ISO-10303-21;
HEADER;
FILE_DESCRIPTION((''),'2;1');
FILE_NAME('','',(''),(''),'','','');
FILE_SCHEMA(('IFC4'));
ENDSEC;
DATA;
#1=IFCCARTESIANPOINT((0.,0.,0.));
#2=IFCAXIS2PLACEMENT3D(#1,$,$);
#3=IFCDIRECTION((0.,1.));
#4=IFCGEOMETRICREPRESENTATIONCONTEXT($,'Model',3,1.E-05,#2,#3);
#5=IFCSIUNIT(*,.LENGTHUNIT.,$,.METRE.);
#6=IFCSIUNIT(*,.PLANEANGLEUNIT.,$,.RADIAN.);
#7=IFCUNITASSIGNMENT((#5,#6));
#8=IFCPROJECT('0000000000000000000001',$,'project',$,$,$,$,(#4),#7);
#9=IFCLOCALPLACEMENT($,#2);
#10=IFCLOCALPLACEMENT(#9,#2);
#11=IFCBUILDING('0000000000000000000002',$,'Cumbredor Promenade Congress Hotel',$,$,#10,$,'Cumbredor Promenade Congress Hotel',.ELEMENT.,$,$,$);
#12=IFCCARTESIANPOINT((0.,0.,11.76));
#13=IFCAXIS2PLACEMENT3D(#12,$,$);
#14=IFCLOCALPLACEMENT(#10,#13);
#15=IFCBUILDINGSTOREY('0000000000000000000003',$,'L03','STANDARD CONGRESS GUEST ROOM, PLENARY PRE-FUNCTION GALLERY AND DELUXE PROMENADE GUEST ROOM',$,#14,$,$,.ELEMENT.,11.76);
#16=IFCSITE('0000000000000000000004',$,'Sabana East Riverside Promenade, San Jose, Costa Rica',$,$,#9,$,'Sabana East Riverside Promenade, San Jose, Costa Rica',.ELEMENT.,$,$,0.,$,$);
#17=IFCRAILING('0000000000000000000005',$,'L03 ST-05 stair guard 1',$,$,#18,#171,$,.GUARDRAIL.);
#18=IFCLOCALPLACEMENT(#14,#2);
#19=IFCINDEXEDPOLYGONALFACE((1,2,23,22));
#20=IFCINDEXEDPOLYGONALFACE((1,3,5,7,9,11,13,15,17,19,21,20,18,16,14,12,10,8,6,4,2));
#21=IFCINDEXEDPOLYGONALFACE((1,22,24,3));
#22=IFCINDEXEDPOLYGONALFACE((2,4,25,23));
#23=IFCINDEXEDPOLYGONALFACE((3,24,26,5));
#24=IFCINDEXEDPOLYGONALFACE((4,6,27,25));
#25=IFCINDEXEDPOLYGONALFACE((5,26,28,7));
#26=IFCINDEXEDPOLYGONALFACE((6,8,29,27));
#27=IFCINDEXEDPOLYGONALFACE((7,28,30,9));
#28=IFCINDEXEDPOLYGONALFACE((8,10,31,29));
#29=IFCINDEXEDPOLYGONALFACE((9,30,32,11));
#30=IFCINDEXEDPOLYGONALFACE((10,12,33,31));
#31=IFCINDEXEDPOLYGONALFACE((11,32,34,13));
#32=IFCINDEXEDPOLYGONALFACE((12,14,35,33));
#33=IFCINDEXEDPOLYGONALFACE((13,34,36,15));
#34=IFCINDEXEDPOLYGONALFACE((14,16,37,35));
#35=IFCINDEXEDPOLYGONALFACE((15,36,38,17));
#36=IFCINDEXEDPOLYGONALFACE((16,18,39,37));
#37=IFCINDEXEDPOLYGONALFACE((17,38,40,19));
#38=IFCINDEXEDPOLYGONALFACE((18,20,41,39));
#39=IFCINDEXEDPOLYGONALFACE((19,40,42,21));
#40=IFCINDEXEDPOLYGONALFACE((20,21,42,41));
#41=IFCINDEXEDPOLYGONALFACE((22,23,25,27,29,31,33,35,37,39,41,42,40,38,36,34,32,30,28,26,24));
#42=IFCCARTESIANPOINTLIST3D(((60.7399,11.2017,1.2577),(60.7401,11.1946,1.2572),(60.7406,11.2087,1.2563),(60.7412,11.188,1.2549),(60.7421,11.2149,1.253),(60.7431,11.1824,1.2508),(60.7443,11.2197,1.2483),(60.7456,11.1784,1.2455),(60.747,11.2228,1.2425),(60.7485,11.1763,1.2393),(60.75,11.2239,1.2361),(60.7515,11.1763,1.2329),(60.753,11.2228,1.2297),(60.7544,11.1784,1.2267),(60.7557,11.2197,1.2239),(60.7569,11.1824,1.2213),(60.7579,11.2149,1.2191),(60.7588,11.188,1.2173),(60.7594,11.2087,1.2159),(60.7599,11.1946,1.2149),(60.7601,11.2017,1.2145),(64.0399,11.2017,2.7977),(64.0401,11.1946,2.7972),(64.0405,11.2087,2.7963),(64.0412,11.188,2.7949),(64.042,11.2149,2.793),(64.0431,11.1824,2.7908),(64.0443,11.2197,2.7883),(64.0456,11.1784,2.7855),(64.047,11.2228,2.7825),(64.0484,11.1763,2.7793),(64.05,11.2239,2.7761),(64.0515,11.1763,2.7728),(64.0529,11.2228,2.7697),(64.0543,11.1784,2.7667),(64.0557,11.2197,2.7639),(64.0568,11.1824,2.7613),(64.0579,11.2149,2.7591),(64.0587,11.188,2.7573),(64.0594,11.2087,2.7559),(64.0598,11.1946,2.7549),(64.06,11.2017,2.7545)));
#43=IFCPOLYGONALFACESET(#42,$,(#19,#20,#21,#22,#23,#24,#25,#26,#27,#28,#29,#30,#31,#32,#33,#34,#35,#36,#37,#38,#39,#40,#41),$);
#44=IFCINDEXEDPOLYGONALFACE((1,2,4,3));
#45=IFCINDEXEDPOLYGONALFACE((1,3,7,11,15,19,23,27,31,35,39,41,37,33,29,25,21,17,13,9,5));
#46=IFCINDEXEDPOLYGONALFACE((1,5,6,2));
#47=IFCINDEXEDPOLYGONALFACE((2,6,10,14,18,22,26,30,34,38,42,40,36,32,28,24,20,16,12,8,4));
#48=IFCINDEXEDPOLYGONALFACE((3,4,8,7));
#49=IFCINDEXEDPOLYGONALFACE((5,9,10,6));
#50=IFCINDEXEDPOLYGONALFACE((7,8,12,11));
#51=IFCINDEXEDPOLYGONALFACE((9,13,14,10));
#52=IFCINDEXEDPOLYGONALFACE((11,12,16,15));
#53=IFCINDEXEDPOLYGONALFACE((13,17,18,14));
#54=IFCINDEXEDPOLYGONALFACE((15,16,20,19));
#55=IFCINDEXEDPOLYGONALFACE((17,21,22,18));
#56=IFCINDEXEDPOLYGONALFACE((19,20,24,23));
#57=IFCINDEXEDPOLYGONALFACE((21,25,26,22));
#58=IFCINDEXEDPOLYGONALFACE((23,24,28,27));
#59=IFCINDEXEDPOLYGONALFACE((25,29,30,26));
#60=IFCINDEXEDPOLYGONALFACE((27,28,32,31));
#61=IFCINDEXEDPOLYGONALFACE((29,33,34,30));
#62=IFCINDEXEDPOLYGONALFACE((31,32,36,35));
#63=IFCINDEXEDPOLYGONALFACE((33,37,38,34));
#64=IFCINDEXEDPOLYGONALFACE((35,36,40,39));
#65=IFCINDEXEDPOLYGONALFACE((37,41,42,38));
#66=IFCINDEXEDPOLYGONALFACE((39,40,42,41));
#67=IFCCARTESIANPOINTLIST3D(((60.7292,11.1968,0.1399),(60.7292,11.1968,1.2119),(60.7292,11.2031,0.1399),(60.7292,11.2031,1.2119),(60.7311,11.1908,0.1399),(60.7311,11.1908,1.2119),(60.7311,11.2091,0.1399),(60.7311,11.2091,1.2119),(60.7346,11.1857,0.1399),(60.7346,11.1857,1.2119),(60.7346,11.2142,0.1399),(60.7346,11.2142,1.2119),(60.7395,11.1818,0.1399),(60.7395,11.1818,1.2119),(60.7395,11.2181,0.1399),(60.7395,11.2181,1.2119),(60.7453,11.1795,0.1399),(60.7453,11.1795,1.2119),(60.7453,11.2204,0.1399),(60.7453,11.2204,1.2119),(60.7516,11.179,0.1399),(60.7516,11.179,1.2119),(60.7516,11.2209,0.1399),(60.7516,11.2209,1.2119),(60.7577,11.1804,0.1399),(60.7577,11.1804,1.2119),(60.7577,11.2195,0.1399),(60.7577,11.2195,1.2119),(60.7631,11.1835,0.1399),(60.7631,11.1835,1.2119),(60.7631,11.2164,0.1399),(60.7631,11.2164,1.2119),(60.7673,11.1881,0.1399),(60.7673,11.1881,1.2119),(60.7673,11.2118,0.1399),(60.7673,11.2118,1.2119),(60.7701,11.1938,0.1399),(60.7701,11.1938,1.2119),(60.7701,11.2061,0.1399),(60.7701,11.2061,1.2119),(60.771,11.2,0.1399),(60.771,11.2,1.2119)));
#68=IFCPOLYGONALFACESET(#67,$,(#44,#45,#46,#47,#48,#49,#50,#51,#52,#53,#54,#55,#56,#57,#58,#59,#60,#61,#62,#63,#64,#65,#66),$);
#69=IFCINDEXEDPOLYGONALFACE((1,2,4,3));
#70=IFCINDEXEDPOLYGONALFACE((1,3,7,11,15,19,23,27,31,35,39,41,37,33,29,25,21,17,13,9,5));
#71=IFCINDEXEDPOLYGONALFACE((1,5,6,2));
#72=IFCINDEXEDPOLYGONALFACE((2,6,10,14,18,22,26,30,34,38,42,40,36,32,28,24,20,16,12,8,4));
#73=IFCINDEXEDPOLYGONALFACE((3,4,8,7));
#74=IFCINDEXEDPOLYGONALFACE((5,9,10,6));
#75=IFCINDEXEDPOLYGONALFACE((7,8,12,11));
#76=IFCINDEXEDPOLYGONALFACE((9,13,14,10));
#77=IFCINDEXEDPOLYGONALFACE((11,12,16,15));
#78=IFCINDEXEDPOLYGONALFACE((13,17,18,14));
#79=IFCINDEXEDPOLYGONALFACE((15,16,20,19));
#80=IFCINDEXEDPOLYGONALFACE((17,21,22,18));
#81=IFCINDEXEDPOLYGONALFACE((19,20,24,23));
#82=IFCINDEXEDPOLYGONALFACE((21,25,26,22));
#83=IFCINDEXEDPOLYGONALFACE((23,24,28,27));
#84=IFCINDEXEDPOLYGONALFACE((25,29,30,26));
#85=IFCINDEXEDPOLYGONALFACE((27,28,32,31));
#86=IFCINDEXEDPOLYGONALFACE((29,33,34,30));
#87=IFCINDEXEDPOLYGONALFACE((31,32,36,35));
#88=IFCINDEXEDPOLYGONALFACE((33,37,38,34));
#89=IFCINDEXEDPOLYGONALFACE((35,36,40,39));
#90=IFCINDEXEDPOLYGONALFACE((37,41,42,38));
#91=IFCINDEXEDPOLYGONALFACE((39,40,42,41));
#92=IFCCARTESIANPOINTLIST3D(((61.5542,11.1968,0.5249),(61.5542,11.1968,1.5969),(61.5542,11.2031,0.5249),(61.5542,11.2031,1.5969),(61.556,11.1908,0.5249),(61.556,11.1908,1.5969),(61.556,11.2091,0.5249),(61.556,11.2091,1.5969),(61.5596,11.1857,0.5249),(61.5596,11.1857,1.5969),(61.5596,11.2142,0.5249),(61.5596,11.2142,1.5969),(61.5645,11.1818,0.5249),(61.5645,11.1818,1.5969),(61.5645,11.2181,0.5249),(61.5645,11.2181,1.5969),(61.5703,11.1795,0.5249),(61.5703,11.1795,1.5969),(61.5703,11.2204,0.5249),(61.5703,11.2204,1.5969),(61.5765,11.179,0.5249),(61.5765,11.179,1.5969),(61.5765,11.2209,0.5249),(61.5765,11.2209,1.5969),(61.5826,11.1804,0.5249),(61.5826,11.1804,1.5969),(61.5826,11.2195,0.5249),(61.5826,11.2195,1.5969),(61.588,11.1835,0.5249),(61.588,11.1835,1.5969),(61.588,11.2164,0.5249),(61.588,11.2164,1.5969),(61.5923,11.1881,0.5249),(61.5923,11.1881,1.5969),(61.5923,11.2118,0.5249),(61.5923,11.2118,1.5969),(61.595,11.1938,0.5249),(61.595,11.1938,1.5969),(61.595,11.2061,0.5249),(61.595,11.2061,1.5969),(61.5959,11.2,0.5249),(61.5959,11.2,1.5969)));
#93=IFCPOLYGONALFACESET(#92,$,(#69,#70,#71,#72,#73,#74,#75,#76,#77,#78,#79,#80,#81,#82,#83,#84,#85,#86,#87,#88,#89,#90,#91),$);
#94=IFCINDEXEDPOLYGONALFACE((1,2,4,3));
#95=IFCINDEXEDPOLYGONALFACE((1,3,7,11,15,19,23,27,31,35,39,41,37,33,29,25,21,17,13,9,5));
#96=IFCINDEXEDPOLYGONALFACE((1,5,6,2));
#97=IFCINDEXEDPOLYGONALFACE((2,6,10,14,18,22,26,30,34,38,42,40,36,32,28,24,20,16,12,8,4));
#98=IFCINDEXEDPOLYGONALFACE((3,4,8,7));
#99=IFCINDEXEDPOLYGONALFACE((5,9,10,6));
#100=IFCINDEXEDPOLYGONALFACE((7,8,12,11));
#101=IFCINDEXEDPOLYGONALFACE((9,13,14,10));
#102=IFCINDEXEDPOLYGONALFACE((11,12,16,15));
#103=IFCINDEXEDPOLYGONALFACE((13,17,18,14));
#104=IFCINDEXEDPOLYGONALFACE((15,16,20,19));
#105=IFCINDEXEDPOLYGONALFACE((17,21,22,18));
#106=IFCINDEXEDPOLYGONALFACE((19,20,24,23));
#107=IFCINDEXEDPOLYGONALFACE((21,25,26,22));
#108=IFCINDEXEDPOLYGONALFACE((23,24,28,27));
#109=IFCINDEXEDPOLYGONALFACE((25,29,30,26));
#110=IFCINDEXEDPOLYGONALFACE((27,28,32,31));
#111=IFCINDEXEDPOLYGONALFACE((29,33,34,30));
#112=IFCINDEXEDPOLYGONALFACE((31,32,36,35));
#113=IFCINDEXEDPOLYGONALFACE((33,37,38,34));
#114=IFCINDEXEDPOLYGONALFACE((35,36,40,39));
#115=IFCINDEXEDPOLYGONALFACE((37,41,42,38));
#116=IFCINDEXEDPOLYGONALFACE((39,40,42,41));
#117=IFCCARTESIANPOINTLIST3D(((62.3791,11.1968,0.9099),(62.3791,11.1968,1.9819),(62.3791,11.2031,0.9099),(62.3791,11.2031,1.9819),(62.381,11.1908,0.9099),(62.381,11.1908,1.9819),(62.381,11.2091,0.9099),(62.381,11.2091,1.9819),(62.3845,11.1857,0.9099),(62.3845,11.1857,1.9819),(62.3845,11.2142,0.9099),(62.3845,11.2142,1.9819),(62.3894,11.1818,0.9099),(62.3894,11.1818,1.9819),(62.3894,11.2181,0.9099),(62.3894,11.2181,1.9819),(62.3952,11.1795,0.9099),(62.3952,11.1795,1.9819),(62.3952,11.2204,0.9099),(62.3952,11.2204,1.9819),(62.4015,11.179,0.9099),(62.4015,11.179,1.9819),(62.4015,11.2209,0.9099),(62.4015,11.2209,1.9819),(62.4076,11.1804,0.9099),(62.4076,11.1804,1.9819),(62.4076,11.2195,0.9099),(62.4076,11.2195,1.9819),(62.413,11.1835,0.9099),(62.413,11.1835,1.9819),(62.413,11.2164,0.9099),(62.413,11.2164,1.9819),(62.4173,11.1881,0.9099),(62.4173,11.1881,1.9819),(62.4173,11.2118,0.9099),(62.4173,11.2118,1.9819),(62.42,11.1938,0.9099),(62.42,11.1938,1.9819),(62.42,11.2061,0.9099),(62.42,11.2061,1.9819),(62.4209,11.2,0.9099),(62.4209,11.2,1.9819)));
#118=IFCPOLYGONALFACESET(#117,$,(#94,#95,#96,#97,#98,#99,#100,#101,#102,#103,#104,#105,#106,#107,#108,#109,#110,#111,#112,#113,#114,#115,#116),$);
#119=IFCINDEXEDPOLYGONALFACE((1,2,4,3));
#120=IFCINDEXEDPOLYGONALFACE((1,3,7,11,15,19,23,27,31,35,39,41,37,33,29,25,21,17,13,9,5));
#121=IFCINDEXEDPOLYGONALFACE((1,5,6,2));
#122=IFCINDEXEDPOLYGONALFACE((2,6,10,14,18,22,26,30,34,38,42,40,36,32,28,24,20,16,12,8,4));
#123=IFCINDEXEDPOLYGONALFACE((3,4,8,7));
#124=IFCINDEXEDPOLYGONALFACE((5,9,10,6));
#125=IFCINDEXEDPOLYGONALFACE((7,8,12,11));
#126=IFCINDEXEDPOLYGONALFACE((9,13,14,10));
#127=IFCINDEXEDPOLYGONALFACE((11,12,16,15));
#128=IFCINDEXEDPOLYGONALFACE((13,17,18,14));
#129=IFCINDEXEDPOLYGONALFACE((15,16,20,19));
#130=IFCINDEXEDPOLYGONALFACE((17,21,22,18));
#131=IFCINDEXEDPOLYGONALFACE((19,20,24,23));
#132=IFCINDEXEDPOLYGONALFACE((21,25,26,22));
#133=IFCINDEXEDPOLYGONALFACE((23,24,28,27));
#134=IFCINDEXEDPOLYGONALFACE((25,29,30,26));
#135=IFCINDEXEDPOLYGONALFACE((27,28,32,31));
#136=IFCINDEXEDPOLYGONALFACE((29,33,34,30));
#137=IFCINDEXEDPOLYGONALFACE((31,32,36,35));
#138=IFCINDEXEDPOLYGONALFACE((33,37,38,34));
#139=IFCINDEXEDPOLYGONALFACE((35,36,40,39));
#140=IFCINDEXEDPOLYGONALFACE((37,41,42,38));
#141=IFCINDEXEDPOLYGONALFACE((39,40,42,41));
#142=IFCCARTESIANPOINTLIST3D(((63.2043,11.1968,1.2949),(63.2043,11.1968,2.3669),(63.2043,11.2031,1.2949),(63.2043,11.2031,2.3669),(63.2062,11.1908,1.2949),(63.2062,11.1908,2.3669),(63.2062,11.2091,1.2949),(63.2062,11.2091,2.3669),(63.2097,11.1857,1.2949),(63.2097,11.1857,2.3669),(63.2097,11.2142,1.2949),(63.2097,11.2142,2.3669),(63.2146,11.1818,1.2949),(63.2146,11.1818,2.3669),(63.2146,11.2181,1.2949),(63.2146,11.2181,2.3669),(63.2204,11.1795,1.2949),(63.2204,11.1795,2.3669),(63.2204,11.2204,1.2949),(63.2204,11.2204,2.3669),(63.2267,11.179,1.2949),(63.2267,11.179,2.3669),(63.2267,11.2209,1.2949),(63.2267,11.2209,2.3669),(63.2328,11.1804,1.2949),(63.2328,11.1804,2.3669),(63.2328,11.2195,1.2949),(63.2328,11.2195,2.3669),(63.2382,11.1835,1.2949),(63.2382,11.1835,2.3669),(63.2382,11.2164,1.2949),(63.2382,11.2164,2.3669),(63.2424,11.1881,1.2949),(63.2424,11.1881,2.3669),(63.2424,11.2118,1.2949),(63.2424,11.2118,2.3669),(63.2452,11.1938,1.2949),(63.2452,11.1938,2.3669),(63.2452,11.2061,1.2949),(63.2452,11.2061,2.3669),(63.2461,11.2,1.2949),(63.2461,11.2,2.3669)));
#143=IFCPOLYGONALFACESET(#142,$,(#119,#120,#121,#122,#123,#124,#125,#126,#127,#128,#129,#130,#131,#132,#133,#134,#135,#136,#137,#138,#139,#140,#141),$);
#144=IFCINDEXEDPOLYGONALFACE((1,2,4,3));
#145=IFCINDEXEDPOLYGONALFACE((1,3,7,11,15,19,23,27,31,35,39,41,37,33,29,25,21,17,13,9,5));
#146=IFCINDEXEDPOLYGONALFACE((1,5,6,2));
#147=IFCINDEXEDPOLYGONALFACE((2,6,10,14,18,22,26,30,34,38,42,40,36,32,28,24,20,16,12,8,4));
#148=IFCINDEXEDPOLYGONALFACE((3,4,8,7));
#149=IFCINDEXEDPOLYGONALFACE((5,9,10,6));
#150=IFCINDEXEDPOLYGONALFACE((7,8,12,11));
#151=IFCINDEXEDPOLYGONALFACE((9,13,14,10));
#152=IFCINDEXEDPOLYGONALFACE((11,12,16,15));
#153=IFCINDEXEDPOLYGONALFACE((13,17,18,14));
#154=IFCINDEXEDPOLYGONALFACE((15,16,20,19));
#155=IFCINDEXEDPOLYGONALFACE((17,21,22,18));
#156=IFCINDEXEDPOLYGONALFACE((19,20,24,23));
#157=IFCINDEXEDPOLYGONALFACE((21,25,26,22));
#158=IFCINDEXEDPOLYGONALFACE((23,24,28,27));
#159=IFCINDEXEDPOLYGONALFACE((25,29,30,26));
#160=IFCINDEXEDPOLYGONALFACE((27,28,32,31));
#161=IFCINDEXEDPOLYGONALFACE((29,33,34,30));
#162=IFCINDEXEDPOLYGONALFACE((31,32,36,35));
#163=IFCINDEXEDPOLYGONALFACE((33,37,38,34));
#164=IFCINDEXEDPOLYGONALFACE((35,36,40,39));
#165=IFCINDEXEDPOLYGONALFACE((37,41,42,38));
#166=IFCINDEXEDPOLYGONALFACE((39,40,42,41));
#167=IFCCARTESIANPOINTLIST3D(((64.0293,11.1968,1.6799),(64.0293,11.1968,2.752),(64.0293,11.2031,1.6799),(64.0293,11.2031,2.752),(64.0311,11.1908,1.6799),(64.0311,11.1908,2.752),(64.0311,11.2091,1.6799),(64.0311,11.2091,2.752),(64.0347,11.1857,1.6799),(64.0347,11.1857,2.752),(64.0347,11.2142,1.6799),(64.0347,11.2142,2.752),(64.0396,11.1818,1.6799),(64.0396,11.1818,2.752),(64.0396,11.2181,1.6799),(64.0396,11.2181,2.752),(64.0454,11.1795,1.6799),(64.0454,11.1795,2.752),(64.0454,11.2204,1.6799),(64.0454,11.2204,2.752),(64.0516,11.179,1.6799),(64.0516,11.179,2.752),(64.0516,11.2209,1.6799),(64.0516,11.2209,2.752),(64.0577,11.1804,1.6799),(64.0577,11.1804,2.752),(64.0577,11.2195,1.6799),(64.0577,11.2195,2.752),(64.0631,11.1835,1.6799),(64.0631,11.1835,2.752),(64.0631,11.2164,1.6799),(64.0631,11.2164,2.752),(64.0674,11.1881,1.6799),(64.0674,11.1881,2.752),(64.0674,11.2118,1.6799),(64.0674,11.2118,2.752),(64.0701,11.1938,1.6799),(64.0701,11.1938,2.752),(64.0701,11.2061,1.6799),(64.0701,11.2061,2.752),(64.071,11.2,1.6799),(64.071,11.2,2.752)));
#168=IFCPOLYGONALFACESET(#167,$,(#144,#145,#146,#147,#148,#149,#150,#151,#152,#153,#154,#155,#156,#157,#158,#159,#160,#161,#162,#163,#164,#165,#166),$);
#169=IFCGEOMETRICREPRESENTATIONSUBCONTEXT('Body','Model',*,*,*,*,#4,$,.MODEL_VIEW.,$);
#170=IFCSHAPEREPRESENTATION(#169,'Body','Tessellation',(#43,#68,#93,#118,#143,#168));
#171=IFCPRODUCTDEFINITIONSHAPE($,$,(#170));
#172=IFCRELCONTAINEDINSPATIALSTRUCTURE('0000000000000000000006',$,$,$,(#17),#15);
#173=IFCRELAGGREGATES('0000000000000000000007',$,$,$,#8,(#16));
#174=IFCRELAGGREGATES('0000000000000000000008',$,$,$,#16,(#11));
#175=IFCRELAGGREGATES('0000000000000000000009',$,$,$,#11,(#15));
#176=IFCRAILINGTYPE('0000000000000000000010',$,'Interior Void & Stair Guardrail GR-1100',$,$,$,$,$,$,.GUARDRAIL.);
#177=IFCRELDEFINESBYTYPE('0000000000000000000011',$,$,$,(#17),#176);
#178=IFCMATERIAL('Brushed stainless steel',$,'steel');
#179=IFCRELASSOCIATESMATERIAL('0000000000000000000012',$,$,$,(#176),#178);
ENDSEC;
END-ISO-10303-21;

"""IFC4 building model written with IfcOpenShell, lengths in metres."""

from ifc_helpers import new_model, si_unit, direction, frame, origin, origin_2d, place, context, subcontext, project, spatial, circle, extrude, material, type_object, element, save


model = new_model("IFC4")

# Units and contexts
model_context = context("Model", 3, precision=1e-05, world=origin(), true_north=direction((0.0, 1.0)))
body_context = subcontext(model_context, "Body", "Model", "MODEL_VIEW")
ifc_project = project(units=[si_unit("LENGTHUNIT", "METRE"), si_unit("PLANEANGLEUNIT", "RADIAN")], contexts=[model_context])

# Site, building, storey
site_placement = place(None, origin())
site = spatial("IfcSite", under=ifc_project, at=site_placement, Name="Sabana East Riverside Promenade, San Jose, Costa Rica", LongName="Sabana East Riverside Promenade, San Jose, Costa Rica", CompositionType="ELEMENT", RefElevation=0.0)
building_placement = place(site_placement, origin())
building = spatial("IfcBuilding", under=site, at=building_placement, Name="Cumbredor Promenade Congress Hotel", LongName="Cumbredor Promenade Congress Hotel", CompositionType="ELEMENT")
storey_placement = place(building_placement, frame((0.0, 0.0, 11.76)))
storey = spatial("IfcBuildingStorey", under=building, at=storey_placement, Name="L03", Description="STANDARD CONGRESS GUEST ROOM, PLENARY PRE-FUNCTION GALLERY AND DELUXE PROMENADE GUEST ROOM", CompositionType="ELEMENT", Elevation=11.76)

# Railing
ifc_material_1 = material(Name="Brushed stainless steel", Category="steel")
railing_type_1 = type_object("IfcRailingType", Name="Interior Void & Stair Guardrail GR-1100", PredefinedType="GUARDRAIL", material=ifc_material_1)
railing_1_placement = place(storey_placement, frame((60.75, 11.2, 0.1399)))
element("IfcRailing", 1, at=railing_1_placement, inside=storey, type_object=railing_type_1, Name="L03 ST-05 stair guard 1", PredefinedType="GUARDRAIL", context=body_context, shape_type="SweptSolid", body=[
    extrude(circle(Radius=0.0239, at=origin_2d()), frame((0.0, 0.0, 1.0962), z_axis=(0.906181, 0.0, 0.422889), x_axis=(0.0, 1.0, 0.0)), (0.0, 0.0, 1.0), 3.6416),
    extrude(circle(Radius=0.021, at=origin_2d()), origin(), (0.0, 0.0, 1.0), 1.072),
    extrude(circle(Radius=0.021, at=origin_2d()), frame((0.825, 0.0, 0.385)), (0.0, 0.0, 1.0), 1.072),
    extrude(circle(Radius=0.021, at=origin_2d()), frame((1.6499, 0.0, 0.77)), (0.0, 0.0, 1.0), 1.072),
    extrude(circle(Radius=0.021, at=origin_2d()), frame((2.4751, 0.0, 1.155)), (0.0, 0.0, 1.0), 1.072),
    extrude(circle(Radius=0.021, at=origin_2d()), frame((3.3, 0.0, 1.54)), (0.0, 0.0, 1.0), 1.072),
])

save(model, "model.ifc")
